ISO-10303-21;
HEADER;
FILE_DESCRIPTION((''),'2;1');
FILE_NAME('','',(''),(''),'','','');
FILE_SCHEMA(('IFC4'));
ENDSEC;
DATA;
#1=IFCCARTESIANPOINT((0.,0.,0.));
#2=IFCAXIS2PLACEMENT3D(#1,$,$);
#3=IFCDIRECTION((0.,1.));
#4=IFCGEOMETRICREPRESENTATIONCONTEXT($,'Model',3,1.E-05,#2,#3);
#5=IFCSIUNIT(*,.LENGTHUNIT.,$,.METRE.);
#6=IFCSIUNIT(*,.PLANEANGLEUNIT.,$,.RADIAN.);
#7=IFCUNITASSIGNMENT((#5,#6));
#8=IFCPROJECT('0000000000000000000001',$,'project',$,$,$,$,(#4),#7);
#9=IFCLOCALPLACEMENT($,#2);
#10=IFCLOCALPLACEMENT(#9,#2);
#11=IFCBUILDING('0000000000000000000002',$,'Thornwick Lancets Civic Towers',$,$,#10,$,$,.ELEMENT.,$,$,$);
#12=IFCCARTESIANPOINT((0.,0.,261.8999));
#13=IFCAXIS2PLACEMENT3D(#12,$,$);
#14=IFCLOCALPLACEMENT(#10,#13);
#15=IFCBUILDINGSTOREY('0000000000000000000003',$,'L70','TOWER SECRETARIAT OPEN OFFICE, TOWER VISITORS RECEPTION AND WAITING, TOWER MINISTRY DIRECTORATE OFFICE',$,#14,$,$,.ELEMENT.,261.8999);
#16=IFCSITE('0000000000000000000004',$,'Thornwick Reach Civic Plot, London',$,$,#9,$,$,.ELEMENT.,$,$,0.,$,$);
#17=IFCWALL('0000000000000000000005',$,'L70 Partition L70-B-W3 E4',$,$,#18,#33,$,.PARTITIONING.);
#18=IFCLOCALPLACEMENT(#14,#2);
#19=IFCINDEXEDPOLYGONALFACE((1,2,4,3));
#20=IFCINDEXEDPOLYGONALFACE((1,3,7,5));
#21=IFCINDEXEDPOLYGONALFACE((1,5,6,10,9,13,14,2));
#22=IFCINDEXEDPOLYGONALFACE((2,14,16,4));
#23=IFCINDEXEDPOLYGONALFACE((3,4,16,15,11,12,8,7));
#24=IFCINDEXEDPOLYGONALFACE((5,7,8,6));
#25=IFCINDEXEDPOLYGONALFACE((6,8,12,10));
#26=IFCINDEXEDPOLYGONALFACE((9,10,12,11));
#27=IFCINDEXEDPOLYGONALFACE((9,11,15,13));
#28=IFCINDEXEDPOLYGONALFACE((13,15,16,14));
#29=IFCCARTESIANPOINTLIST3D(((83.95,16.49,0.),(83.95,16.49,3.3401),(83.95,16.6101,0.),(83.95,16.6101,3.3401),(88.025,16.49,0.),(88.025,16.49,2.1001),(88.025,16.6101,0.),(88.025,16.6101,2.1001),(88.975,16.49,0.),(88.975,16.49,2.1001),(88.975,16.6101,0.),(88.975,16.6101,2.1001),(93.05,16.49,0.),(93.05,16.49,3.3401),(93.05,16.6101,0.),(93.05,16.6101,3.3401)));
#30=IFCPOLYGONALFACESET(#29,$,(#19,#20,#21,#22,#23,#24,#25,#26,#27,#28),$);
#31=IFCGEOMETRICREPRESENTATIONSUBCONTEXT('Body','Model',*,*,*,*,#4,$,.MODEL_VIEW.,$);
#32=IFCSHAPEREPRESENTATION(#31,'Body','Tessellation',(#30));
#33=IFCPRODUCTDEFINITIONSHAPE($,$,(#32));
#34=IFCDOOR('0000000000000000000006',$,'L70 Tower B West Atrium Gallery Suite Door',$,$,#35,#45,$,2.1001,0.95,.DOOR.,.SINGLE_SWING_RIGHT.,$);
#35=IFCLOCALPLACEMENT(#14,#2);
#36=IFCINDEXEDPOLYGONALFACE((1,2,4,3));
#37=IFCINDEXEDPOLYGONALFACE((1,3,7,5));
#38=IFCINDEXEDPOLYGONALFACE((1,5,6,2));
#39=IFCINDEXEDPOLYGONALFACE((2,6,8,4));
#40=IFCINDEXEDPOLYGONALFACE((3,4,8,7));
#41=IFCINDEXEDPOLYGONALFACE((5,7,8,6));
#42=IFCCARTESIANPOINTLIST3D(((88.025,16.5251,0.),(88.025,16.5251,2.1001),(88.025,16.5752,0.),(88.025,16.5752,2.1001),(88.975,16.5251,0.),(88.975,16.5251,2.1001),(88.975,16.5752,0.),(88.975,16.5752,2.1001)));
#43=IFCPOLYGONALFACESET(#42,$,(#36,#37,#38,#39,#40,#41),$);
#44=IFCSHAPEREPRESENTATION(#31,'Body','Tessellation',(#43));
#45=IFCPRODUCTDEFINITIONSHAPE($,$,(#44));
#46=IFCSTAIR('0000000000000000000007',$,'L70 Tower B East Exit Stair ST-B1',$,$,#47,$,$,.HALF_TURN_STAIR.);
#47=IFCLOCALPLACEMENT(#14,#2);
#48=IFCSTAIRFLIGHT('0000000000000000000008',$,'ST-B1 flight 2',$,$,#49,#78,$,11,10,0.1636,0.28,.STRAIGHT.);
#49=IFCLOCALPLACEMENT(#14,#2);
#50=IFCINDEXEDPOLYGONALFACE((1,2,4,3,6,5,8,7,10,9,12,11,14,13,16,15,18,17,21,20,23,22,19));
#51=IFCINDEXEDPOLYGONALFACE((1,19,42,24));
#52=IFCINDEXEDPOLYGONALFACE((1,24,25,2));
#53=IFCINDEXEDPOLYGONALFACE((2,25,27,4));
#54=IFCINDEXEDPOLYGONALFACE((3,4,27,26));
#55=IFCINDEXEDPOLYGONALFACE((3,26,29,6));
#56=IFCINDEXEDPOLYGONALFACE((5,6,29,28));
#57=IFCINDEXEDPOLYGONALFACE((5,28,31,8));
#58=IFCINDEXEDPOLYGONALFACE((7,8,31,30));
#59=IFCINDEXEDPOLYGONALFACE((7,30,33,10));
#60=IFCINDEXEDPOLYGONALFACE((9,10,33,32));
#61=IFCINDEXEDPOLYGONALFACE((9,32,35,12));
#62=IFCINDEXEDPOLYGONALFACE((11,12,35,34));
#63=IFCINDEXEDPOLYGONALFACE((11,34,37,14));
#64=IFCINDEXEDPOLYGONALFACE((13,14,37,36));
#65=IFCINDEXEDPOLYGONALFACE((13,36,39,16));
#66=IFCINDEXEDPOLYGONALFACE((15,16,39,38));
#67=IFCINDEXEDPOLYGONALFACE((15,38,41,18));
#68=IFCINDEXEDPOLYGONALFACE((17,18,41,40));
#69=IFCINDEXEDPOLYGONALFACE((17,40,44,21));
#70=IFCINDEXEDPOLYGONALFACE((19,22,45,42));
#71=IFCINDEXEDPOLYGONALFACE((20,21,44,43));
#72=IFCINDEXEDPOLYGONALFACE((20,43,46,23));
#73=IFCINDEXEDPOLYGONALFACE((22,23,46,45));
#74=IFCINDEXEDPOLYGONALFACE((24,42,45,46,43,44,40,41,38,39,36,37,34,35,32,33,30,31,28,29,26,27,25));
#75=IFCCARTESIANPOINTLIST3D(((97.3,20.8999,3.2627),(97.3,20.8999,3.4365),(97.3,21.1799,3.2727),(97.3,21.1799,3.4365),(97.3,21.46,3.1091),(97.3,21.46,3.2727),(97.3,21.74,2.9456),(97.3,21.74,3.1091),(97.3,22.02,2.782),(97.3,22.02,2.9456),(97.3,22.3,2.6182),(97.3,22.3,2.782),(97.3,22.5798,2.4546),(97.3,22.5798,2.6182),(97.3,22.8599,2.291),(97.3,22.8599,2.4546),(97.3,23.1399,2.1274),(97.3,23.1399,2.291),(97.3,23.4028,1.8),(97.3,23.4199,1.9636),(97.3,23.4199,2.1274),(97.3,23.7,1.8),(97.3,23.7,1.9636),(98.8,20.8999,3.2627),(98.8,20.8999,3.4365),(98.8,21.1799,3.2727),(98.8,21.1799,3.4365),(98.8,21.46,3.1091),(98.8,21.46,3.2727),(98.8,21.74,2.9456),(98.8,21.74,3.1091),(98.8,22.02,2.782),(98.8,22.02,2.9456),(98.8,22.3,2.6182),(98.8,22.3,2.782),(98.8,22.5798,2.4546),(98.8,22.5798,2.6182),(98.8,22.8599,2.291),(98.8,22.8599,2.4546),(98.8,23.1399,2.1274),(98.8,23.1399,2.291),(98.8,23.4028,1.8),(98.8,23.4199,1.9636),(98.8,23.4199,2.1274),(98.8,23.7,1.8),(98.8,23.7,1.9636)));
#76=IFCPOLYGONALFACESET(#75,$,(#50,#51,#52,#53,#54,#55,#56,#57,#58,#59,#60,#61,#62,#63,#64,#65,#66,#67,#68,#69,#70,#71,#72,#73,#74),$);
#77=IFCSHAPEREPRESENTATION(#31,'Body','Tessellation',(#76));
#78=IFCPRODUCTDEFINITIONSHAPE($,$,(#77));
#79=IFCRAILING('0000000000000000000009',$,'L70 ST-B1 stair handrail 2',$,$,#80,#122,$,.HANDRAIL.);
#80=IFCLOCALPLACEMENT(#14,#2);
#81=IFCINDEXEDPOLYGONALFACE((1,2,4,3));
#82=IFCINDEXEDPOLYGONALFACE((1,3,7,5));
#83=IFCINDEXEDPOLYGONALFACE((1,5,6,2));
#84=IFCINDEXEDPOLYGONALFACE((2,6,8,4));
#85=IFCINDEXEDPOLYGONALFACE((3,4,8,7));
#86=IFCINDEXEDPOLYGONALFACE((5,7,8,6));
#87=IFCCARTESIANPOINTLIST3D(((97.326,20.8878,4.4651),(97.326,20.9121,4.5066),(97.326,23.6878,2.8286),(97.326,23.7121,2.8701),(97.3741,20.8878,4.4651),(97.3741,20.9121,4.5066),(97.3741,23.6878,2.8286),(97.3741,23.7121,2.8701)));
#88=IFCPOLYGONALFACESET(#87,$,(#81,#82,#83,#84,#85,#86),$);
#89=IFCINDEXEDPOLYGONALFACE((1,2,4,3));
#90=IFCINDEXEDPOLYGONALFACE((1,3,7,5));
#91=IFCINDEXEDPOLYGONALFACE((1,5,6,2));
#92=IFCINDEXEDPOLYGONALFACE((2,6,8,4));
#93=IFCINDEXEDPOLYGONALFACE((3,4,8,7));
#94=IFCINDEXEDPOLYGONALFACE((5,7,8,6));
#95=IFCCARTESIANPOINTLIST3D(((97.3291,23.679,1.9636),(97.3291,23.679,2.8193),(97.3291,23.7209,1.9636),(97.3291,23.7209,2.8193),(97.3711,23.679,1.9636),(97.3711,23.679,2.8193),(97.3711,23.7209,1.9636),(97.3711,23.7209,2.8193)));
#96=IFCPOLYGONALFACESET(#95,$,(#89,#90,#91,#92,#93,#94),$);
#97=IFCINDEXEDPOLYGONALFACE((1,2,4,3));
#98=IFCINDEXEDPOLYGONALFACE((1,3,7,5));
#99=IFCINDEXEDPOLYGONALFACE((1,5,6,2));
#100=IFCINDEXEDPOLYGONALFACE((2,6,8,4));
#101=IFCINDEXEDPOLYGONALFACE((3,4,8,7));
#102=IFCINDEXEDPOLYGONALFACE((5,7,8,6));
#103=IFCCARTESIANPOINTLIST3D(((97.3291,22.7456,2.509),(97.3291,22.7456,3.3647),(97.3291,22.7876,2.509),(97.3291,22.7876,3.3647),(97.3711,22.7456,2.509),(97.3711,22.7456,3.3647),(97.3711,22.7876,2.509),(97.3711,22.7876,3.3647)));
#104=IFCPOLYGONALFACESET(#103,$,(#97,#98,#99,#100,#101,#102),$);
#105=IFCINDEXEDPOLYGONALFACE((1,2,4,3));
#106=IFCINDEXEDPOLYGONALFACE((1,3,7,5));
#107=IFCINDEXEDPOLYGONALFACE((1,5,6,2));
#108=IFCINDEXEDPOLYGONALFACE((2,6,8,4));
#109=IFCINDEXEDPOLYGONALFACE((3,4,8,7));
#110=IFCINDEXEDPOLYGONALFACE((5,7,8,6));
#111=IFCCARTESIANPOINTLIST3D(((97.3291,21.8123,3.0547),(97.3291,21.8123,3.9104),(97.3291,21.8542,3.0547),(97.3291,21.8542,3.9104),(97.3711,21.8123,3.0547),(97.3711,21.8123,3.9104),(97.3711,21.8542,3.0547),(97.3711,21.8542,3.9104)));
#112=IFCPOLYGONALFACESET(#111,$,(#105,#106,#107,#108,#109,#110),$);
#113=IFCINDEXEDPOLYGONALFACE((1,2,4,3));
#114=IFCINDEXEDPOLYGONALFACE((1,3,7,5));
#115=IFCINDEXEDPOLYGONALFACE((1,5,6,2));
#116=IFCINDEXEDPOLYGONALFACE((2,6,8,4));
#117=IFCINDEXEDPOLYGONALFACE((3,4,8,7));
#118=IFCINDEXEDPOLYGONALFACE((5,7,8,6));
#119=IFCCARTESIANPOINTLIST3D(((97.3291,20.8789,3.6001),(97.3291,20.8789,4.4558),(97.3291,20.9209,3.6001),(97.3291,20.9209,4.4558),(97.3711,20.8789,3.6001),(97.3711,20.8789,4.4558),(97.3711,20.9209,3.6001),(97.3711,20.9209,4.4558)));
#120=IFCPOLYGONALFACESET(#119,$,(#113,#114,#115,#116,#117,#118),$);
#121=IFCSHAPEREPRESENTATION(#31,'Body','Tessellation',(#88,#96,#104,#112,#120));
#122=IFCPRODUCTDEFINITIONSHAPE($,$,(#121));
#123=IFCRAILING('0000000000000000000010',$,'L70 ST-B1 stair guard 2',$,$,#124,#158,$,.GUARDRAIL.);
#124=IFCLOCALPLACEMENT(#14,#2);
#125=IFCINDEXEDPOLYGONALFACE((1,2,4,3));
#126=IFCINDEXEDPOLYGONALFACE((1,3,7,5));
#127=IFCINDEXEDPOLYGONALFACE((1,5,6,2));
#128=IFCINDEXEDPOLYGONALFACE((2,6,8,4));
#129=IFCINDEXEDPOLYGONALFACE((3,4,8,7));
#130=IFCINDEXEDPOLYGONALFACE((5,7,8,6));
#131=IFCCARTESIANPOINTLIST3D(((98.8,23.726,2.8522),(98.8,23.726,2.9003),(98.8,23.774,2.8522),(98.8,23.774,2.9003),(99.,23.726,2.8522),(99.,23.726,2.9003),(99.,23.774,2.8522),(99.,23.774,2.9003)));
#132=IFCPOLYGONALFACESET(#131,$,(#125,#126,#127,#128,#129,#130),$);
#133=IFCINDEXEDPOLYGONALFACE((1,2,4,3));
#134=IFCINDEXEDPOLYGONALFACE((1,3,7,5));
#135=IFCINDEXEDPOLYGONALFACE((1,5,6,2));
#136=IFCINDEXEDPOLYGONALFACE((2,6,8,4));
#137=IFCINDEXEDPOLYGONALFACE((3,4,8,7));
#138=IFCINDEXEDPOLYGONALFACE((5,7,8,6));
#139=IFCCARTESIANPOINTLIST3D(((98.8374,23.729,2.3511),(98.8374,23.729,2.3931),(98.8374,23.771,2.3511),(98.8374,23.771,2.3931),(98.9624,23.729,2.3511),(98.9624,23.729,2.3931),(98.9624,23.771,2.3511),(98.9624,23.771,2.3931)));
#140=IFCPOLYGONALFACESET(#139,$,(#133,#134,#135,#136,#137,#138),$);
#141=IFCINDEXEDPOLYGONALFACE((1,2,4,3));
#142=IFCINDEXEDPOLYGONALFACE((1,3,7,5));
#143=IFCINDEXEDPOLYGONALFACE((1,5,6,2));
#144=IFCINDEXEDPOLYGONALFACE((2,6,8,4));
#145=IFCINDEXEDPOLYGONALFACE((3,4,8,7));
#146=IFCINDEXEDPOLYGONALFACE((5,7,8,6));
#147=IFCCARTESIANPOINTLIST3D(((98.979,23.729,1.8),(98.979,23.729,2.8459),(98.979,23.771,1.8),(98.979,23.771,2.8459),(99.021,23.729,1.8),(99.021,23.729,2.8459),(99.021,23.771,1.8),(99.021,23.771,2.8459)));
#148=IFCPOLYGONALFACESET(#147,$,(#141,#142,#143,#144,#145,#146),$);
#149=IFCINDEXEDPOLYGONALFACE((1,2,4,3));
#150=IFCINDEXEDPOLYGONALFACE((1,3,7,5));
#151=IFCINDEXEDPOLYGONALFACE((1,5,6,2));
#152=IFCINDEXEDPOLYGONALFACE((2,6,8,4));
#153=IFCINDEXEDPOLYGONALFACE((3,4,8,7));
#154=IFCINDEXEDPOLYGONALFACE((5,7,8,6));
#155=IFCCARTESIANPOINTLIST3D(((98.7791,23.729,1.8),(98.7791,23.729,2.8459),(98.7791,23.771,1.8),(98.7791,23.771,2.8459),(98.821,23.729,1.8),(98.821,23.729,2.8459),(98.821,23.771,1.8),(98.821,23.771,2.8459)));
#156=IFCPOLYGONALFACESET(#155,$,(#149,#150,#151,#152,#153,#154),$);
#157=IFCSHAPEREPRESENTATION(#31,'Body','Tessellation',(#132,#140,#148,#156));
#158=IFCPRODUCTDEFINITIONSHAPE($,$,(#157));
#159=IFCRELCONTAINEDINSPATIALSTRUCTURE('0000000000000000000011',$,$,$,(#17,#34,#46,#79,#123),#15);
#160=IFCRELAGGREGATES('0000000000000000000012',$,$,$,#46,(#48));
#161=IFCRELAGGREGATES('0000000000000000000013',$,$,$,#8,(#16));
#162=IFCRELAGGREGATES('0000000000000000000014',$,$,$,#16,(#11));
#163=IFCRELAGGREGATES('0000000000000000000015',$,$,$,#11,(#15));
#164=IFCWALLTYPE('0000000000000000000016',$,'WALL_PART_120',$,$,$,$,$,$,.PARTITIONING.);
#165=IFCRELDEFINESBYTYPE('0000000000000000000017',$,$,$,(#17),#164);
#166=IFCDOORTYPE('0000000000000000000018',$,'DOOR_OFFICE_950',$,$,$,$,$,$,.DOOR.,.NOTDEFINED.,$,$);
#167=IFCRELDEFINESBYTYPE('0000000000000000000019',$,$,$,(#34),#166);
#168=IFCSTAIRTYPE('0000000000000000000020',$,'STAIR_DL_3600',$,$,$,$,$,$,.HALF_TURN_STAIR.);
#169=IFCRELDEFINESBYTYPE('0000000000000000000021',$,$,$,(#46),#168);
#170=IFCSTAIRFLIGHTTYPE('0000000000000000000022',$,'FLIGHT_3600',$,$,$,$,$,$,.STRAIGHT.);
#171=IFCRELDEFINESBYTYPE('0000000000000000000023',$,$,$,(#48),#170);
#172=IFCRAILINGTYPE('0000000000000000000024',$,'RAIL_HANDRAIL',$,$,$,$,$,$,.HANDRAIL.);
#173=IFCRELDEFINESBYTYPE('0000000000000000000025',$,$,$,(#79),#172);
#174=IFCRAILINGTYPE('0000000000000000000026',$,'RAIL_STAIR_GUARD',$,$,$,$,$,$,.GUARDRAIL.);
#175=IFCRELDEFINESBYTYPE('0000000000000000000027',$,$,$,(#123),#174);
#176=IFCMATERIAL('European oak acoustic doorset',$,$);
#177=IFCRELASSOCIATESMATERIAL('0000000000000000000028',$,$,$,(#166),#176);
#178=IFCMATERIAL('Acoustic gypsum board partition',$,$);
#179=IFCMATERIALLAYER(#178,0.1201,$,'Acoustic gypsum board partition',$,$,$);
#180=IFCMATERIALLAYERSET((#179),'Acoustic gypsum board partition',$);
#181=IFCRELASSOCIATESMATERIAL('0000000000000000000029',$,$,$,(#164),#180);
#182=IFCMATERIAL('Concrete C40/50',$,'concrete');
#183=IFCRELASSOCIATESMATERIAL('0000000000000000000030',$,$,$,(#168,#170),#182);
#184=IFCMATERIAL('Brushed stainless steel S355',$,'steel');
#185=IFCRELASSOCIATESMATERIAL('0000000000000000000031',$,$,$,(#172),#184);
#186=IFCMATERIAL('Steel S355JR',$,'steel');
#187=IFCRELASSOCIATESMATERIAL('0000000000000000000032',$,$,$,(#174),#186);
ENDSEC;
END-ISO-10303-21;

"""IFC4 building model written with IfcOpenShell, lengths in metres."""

from ifc_helpers import new_model, si_unit, direction, frame, frame_2d, origin, origin_2d, place, context, subcontext, project, spatial, polyline, rectangle, outline, extrude, material, layer, layer_set, type_object, element, fill, aggregate, save


model = new_model("IFC4")

# Units and contexts
model_context = context("Model", 3, precision=1e-05, world=origin(), true_north=direction((0.0, 1.0)))
body_context = subcontext(model_context, "Body", "Model", "MODEL_VIEW")
ifc_project = project(units=[si_unit("LENGTHUNIT", "METRE"), si_unit("PLANEANGLEUNIT", "RADIAN")], contexts=[model_context])

# Site, building, storey
site_placement = place(None, origin())
site = spatial("IfcSite", under=ifc_project, at=site_placement, Name="Thornwick Reach Civic Plot, London", CompositionType="ELEMENT", RefElevation=0.0)
building_placement = place(site_placement, origin())
building = spatial("IfcBuilding", under=site, at=building_placement, Name="Thornwick Lancets Civic Towers", CompositionType="ELEMENT")
storey_placement = place(building_placement, frame((0.0, 0.0, 261.8999)))
storey = spatial("IfcBuildingStorey", under=building, at=storey_placement, Name="L70", Description="TOWER SECRETARIAT OPEN OFFICE, TOWER VISITORS RECEPTION AND WAITING, TOWER MINISTRY DIRECTORATE OFFICE", CompositionType="ELEMENT", Elevation=261.8999)

# Shared definitions
ifc_material_1 = material(Name="European oak acoustic doorset")
door_type_1 = type_object("IfcDoorType", Name="DOOR_OFFICE_950", OperationType="NOTDEFINED", PredefinedType="DOOR", material=ifc_material_1)
ifc_material_2 = material(Name="Acoustic gypsum board partition")
ifc_layer_1 = layer(ifc_material_2, 0.1201, Name="Acoustic gypsum board partition")
ifc_layer_set_1 = layer_set([ifc_layer_1], Name="Acoustic gypsum board partition")
wall_type_1 = type_object("IfcWallType", Name="WALL_PART_120", PredefinedType="PARTITIONING", material=ifc_layer_set_1)

# Wall, opening, door
wall_1_placement = place(storey_placement, frame((93.05, 16.55, 0.0), z_axis=(0.0, 0.0, 1.0), x_axis=(-1.0, 0.0, 0.0)))
wall_1 = element("IfcWall", 1, at=wall_1_placement, inside=storey, type_object=wall_type_1, Name="L70 Partition L70-B-W3 E4", PredefinedType="PARTITIONING", context=body_context, shape_type="SweptSolid", body=[
    extrude(rectangle(XDim=9.1001, YDim=0.1201, at=frame_2d((4.55, 0.0))), origin(), (0.0, 0.0, 1.0), 3.3401),
])
opening_1_placement = place(wall_1_placement, frame((4.075, 0.0, 0.0)))
opening_1 = element("IfcOpeningElement", 2, at=opening_1_placement, cuts=wall_1, PredefinedType="OPENING", context=body_context, shape_type="SweptSolid", body=[
    extrude(rectangle(XDim=0.95, YDim=2.1001, at=frame_2d((0.4751, 1.05))), frame((0.0, 0.0701, 0.0), z_axis=(0.0, -1.0, 0.0), x_axis=(1.0, 0.0, 0.0)), (0.0, 0.0, 1.0), 0.1401),
])
door_1_placement = place(opening_1_placement, origin())
door_1 = element("IfcDoor", 3, at=door_1_placement, inside=storey, type_object=door_type_1, Name="L70 Tower B West Atrium Gallery Suite Door", OperationType="SINGLE_SWING_RIGHT", OverallHeight=2.1001, OverallWidth=0.95, PredefinedType="DOOR", context=body_context, shape_type="SweptSolid", body=[
    extrude(rectangle(XDim=0.95, YDim=2.1001, at=frame_2d((0.4751, 1.05))), frame((0.0, 0.0249, 0.0), z_axis=(0.0, -1.0, 0.0), x_axis=(1.0, 0.0, 0.0)), (0.0, 0.0, 1.0), 0.05),
])
fill(opening_1, door_1)

# Stair, stair flight
ifc_material_3 = material(Name="Concrete C40/50", Category="concrete")
stair_type = type_object("IfcStairType", Name="STAIR_DL_3600", PredefinedType="HALF_TURN_STAIR", material=ifc_material_3)
stair_placement = place(storey_placement, origin())
stair = element("IfcStair", 4, at=stair_placement, inside=storey, type_object=stair_type, Name="L70 Tower B East Exit Stair ST-B1", PredefinedType="HALF_TURN_STAIR")
stair_flight_type = type_object("IfcStairFlightType", Name="FLIGHT_3600", PredefinedType="STRAIGHT", material=ifc_material_3)
stair_flight_placement = place(storey_placement, frame((98.05, 23.7, 1.8), z_axis=(0.0, 0.0, 1.0), x_axis=(0.0, -1.0, 0.0)))
stair_flight = element("IfcStairFlight", 5, at=stair_flight_placement, type_object=stair_flight_type, Name="ST-B1 flight 2", NumberOfRisers=11, NumberOfTreads=10, PredefinedType="STRAIGHT", RiserHeight=0.1636, TreadLength=0.28, context=body_context, shape_type="SweptSolid", body=[
    extrude(outline(polyline([(0.0, 0.0), (0.0, 0.1636), (0.28, 0.1636), (0.28, 0.3274), (0.5601, 0.3274), (0.5601, 0.491), (0.8401, 0.491), (0.8401, 0.6545), (1.1201, 0.6545), (1.1201, 0.8181), (1.3999, 0.8181), (1.3999, 0.9819), (1.6799, 0.9819), (1.6799, 1.1455), (1.96, 1.1455), (1.96, 1.3091), (2.24, 1.3091), (2.24, 1.4727), (2.52, 1.4727), (2.52, 1.6365), (2.8, 1.6365), (2.8, 1.8), (2.8, 1.4626), (0.2971, 0.0), (0.0, 0.0)])), frame((0.0, 0.75, 0.0), z_axis=(0.0, -1.0, 0.0), x_axis=(1.0, 0.0, 0.0)), (0.0, 0.0, 1.0), 1.5),
])
aggregate(stair, [stair_flight])

# Railings
ifc_material_4 = material(Name="Brushed stainless steel S355", Category="steel")
railing_type_1 = type_object("IfcRailingType", Name="RAIL_HANDRAIL", PredefinedType="HANDRAIL", material=ifc_material_4)
railing_1_placement = place(storey_placement, frame((97.3501, 23.7, 1.9636)))
element("IfcRailing", 6, at=railing_1_placement, inside=storey, type_object=railing_type_1, Name="L70 ST-B1 stair handrail 2", PredefinedType="HANDRAIL", context=body_context, shape_type="SweptSolid", body=[
    extrude(rectangle(XDim=0.0481, YDim=0.0481, at=origin_2d()), frame((0.0, 0.0, 0.8857), z_axis=(0.0, -0.863361, 0.504587), x_axis=(1.0, 0.0, 0.0)), (0.0, 0.0, 1.0), 3.2432),
    extrude(rectangle(XDim=0.042, YDim=0.042, at=origin_2d()), origin(), (0.0, 0.0, 1.0), 0.8557),
    extrude(rectangle(XDim=0.042, YDim=0.042, at=origin_2d()), frame((0.0, -0.9333, 0.5454)), (0.0, 0.0, 1.0), 0.8557),
    extrude(rectangle(XDim=0.042, YDim=0.042, at=origin_2d()), frame((0.0, -1.8667, 1.0911)), (0.0, 0.0, 1.0), 0.8557),
    extrude(rectangle(XDim=0.042, YDim=0.042, at=origin_2d()), frame((0.0, -2.8, 1.6365)), (0.0, 0.0, 1.0), 0.8557),
])
ifc_material_5 = material(Name="Steel S355JR", Category="steel")
railing_type_2 = type_object("IfcRailingType", Name="RAIL_STAIR_GUARD", PredefinedType="GUARDRAIL", material=ifc_material_5)
railing_2_placement = place(storey_placement, frame((99.0, 23.75, 1.8)))
element("IfcRailing", 7, at=railing_2_placement, inside=storey, type_object=railing_type_2, Name="L70 ST-B1 stair guard 2", PredefinedType="GUARDRAIL", context=body_context, shape_type="SweptSolid", body=[
    extrude(rectangle(XDim=0.0481, YDim=0.0481, at=origin_2d()), frame((0.0, 0.0, 1.0762), z_axis=(-1.0, 0.0, 0.0), x_axis=(0.0, -1.0, 0.0)), (0.0, 0.0, 1.0), 0.2),
    extrude(rectangle(XDim=0.042, YDim=0.042, at=origin_2d()), frame((-0.0376, 0.0, 0.572), z_axis=(-1.0, 0.0, 0.0), x_axis=(0.0, -1.0, 0.0)), (0.0, 0.0, 1.0), 0.125),
    extrude(rectangle(XDim=0.042, YDim=0.042, at=origin_2d()), origin(), (0.0, 0.0, 1.0), 1.0459),
    extrude(rectangle(XDim=0.042, YDim=0.042, at=origin_2d()), frame((-0.2, 0.0, 0.0)), (0.0, 0.0, 1.0), 1.0459),
])

save(model, "model.ifc")
